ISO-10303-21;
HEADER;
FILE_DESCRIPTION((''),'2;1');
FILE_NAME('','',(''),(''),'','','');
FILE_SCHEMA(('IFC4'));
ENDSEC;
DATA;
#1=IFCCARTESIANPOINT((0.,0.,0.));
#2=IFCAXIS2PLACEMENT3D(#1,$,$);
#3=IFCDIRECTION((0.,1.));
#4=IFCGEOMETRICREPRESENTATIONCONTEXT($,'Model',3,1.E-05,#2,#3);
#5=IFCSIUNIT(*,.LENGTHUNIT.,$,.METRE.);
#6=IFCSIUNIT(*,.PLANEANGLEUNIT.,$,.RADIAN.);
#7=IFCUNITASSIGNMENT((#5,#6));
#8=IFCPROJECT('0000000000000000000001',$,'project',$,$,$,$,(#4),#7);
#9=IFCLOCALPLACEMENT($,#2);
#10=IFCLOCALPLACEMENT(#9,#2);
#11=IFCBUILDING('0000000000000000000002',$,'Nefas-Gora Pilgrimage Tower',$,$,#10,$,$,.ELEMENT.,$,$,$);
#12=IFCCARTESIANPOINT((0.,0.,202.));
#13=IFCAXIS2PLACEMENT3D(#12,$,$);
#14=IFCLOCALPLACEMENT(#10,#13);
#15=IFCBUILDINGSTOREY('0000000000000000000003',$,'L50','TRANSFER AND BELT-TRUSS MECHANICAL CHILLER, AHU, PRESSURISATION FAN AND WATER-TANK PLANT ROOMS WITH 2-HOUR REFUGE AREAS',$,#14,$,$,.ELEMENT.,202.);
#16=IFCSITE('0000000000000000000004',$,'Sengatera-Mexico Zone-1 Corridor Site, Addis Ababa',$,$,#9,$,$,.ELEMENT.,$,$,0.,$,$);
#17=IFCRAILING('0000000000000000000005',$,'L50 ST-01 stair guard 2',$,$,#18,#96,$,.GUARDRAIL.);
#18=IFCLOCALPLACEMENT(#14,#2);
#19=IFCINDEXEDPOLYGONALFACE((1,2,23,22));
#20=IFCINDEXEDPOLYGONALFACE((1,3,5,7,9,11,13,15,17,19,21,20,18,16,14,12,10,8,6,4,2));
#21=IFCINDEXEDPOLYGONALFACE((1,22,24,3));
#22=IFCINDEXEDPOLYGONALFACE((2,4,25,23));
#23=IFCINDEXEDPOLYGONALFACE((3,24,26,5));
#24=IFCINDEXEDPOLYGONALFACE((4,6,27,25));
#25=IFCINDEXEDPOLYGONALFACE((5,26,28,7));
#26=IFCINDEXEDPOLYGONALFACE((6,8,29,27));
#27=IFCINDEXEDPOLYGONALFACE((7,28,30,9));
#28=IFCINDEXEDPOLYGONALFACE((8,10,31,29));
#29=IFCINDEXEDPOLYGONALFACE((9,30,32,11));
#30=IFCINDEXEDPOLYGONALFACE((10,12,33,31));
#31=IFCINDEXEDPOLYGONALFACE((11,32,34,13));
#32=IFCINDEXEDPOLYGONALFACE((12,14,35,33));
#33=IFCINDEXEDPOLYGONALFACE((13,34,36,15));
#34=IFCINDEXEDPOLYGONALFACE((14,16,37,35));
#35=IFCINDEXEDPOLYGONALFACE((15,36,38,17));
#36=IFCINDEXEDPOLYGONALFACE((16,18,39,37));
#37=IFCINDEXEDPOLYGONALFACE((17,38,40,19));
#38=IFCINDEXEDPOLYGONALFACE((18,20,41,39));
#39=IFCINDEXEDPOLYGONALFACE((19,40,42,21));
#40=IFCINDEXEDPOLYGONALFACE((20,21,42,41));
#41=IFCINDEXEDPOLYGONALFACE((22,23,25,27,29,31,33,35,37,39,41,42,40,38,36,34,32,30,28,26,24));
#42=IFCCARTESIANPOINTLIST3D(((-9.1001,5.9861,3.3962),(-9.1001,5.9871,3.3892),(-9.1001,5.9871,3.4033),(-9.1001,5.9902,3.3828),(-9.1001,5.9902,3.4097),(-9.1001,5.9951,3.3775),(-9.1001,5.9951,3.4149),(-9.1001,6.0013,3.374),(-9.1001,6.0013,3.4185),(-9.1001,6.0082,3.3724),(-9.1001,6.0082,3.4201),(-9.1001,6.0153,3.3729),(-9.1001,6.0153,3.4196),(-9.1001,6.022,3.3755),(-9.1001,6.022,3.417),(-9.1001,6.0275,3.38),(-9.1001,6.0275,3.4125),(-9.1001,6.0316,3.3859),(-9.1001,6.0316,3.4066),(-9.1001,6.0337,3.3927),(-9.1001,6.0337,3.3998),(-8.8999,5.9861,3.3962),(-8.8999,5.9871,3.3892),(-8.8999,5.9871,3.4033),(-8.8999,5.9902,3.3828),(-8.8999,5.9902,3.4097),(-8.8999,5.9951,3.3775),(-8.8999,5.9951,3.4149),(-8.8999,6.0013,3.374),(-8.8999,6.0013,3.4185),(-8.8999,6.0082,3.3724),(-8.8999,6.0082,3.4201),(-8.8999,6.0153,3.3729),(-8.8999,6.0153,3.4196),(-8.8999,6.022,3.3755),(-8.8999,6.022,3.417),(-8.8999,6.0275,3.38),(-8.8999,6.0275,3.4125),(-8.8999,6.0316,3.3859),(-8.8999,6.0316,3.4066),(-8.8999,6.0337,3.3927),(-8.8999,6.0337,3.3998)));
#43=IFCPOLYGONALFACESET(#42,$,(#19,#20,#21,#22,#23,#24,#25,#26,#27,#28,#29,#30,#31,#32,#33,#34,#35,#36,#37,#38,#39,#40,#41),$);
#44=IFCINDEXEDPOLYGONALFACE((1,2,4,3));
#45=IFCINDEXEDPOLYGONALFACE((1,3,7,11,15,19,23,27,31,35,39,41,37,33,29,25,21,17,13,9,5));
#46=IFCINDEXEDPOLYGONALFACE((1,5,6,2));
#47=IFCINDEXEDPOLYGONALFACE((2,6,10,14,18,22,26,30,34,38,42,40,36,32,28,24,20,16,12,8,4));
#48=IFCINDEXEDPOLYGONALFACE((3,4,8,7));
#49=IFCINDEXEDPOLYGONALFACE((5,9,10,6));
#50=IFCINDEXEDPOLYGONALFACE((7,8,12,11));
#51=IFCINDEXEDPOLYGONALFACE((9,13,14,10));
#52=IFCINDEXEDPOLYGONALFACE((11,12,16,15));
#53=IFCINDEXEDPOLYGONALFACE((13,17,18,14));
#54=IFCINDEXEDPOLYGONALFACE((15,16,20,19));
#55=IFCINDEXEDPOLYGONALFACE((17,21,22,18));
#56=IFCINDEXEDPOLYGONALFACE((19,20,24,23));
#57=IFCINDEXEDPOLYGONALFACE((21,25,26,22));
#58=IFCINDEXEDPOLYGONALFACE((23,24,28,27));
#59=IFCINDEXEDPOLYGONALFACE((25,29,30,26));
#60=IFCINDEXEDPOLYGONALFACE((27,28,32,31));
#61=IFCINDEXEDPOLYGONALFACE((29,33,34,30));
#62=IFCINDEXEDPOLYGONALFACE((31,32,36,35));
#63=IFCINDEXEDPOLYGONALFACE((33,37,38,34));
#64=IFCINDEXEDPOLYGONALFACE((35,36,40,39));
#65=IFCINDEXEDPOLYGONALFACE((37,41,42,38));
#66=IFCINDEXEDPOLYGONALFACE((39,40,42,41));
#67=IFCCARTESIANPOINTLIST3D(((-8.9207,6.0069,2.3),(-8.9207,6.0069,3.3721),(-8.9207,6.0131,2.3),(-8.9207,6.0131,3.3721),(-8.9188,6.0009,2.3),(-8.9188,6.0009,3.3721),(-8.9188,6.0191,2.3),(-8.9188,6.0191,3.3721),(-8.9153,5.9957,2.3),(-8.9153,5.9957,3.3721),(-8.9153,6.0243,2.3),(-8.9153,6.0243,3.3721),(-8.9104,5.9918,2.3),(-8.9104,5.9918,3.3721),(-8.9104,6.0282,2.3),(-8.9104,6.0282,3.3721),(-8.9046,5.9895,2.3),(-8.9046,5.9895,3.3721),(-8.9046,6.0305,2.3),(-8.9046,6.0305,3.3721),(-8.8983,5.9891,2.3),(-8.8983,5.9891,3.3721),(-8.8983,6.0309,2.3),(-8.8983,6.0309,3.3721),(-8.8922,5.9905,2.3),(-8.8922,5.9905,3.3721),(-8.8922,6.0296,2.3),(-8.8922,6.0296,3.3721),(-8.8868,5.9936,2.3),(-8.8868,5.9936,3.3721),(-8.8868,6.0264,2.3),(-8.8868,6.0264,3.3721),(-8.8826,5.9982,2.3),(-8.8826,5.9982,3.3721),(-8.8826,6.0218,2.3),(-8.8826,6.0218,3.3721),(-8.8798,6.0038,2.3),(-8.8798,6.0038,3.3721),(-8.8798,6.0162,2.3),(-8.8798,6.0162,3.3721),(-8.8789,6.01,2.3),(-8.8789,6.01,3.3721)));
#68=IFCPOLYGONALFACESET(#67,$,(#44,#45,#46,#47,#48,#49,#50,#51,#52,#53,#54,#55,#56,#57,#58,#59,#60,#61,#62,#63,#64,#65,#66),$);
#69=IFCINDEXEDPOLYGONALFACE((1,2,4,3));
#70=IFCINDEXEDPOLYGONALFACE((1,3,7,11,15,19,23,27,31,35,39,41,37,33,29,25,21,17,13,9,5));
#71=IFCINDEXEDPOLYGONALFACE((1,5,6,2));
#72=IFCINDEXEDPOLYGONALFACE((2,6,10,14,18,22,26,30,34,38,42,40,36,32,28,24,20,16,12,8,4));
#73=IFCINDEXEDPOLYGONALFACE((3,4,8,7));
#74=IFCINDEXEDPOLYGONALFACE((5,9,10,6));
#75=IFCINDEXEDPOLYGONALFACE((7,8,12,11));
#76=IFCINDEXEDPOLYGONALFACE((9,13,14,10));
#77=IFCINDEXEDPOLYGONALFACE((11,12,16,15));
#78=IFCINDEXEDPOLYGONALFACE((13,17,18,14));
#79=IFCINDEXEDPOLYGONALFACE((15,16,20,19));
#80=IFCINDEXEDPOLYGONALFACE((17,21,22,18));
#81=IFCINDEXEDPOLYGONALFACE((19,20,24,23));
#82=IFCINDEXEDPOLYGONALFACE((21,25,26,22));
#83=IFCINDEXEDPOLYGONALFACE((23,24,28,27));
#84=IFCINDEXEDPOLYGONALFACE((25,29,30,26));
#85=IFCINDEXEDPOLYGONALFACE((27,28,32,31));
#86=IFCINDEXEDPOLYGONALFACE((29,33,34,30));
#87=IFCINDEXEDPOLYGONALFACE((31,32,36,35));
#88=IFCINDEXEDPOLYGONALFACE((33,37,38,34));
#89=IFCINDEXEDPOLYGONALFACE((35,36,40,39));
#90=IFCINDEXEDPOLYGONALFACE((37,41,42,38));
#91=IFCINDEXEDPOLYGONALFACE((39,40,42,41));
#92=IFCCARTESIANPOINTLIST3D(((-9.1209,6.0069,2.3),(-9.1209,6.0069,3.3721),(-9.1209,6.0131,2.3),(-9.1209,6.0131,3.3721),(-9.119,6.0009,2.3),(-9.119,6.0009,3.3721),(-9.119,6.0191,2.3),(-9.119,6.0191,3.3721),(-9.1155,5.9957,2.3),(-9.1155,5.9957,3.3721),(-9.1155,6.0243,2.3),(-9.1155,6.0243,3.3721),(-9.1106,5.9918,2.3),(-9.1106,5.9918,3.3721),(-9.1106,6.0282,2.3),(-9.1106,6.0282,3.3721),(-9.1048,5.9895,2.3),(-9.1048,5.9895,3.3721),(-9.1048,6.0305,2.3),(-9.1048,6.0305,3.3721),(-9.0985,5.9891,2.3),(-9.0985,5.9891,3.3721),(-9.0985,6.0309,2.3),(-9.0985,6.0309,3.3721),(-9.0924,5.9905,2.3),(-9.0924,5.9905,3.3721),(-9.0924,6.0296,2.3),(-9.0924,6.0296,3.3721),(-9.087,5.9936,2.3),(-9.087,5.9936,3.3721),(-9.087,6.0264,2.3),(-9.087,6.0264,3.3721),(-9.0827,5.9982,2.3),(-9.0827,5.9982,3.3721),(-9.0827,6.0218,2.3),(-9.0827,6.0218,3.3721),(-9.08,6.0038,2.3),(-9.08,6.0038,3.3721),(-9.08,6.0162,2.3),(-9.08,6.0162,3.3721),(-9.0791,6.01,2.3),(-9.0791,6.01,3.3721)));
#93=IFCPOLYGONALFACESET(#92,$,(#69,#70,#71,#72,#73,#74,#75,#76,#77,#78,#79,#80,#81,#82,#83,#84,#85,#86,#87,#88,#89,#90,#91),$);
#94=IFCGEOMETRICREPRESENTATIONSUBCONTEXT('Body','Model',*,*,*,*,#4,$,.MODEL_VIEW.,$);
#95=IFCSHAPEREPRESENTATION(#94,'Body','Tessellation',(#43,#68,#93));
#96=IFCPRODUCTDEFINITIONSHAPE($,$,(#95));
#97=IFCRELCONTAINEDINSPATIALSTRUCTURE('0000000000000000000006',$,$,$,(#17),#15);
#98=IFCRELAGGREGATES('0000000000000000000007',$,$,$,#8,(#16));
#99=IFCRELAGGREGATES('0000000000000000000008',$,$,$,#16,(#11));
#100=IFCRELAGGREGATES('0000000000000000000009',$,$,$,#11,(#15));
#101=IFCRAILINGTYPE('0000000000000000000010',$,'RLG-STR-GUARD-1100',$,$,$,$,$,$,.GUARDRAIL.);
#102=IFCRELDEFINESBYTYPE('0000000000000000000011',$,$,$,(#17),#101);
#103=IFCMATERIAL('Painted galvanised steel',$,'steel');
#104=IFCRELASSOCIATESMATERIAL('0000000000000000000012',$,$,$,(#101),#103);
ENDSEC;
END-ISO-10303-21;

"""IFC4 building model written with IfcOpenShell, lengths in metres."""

from ifc_helpers import new_model, si_unit, direction, frame, origin, origin_2d, place, context, subcontext, project, spatial, circle, extrude, material, type_object, element, save


model = new_model("IFC4")

# Units and contexts
model_context = context("Model", 3, precision=1e-05, world=origin(), true_north=direction((0.0, 1.0)))
body_context = subcontext(model_context, "Body", "Model", "MODEL_VIEW")
ifc_project = project(units=[si_unit("LENGTHUNIT", "METRE"), si_unit("PLANEANGLEUNIT", "RADIAN")], contexts=[model_context])

# Site, building, storey
site_placement = place(None, origin())
site = spatial("IfcSite", under=ifc_project, at=site_placement, Name="Sengatera-Mexico Zone-1 Corridor Site, Addis Ababa", CompositionType="ELEMENT", RefElevation=0.0)
building_placement = place(site_placement, origin())
building = spatial("IfcBuilding", under=site, at=building_placement, Name="Nefas-Gora Pilgrimage Tower", CompositionType="ELEMENT")
storey_placement = place(building_placement, frame((0.0, 0.0, 202.0)))
storey = spatial("IfcBuildingStorey", under=building, at=storey_placement, Name="L50", Description="TRANSFER AND BELT-TRUSS MECHANICAL CHILLER, AHU, PRESSURISATION FAN AND WATER-TANK PLANT ROOMS WITH 2-HOUR REFUGE AREAS", CompositionType="ELEMENT", Elevation=202.0)

# Railing
ifc_material_1 = material(Name="Painted galvanised steel", Category="steel")
railing_type_1 = type_object("IfcRailingType", Name="RLG-STR-GUARD-1100", PredefinedType="GUARDRAIL", material=ifc_material_1)
railing_1_placement = place(storey_placement, frame((-8.8999, 6.01, 2.3)))
element("IfcRailing", 1, at=railing_1_placement, inside=storey, type_object=railing_type_1, Name="L50 ST-01 stair guard 2", PredefinedType="GUARDRAIL", context=body_context, shape_type="SweptSolid", body=[
    extrude(circle(Radius=0.0239, at=origin_2d()), frame((0.0, 0.0, 1.0962), z_axis=(-1.0, 0.0, 0.0), x_axis=(0.0, -1.0, 0.0)), (0.0, 0.0, 1.0), 0.2002),
    extrude(circle(Radius=0.021, at=origin_2d()), origin(), (0.0, 0.0, 1.0), 1.072),
    extrude(circle(Radius=0.021, at=origin_2d()), frame((-0.2002, 0.0, 0.0)), (0.0, 0.0, 1.0), 1.072),
])

save(model, "model.ifc")
